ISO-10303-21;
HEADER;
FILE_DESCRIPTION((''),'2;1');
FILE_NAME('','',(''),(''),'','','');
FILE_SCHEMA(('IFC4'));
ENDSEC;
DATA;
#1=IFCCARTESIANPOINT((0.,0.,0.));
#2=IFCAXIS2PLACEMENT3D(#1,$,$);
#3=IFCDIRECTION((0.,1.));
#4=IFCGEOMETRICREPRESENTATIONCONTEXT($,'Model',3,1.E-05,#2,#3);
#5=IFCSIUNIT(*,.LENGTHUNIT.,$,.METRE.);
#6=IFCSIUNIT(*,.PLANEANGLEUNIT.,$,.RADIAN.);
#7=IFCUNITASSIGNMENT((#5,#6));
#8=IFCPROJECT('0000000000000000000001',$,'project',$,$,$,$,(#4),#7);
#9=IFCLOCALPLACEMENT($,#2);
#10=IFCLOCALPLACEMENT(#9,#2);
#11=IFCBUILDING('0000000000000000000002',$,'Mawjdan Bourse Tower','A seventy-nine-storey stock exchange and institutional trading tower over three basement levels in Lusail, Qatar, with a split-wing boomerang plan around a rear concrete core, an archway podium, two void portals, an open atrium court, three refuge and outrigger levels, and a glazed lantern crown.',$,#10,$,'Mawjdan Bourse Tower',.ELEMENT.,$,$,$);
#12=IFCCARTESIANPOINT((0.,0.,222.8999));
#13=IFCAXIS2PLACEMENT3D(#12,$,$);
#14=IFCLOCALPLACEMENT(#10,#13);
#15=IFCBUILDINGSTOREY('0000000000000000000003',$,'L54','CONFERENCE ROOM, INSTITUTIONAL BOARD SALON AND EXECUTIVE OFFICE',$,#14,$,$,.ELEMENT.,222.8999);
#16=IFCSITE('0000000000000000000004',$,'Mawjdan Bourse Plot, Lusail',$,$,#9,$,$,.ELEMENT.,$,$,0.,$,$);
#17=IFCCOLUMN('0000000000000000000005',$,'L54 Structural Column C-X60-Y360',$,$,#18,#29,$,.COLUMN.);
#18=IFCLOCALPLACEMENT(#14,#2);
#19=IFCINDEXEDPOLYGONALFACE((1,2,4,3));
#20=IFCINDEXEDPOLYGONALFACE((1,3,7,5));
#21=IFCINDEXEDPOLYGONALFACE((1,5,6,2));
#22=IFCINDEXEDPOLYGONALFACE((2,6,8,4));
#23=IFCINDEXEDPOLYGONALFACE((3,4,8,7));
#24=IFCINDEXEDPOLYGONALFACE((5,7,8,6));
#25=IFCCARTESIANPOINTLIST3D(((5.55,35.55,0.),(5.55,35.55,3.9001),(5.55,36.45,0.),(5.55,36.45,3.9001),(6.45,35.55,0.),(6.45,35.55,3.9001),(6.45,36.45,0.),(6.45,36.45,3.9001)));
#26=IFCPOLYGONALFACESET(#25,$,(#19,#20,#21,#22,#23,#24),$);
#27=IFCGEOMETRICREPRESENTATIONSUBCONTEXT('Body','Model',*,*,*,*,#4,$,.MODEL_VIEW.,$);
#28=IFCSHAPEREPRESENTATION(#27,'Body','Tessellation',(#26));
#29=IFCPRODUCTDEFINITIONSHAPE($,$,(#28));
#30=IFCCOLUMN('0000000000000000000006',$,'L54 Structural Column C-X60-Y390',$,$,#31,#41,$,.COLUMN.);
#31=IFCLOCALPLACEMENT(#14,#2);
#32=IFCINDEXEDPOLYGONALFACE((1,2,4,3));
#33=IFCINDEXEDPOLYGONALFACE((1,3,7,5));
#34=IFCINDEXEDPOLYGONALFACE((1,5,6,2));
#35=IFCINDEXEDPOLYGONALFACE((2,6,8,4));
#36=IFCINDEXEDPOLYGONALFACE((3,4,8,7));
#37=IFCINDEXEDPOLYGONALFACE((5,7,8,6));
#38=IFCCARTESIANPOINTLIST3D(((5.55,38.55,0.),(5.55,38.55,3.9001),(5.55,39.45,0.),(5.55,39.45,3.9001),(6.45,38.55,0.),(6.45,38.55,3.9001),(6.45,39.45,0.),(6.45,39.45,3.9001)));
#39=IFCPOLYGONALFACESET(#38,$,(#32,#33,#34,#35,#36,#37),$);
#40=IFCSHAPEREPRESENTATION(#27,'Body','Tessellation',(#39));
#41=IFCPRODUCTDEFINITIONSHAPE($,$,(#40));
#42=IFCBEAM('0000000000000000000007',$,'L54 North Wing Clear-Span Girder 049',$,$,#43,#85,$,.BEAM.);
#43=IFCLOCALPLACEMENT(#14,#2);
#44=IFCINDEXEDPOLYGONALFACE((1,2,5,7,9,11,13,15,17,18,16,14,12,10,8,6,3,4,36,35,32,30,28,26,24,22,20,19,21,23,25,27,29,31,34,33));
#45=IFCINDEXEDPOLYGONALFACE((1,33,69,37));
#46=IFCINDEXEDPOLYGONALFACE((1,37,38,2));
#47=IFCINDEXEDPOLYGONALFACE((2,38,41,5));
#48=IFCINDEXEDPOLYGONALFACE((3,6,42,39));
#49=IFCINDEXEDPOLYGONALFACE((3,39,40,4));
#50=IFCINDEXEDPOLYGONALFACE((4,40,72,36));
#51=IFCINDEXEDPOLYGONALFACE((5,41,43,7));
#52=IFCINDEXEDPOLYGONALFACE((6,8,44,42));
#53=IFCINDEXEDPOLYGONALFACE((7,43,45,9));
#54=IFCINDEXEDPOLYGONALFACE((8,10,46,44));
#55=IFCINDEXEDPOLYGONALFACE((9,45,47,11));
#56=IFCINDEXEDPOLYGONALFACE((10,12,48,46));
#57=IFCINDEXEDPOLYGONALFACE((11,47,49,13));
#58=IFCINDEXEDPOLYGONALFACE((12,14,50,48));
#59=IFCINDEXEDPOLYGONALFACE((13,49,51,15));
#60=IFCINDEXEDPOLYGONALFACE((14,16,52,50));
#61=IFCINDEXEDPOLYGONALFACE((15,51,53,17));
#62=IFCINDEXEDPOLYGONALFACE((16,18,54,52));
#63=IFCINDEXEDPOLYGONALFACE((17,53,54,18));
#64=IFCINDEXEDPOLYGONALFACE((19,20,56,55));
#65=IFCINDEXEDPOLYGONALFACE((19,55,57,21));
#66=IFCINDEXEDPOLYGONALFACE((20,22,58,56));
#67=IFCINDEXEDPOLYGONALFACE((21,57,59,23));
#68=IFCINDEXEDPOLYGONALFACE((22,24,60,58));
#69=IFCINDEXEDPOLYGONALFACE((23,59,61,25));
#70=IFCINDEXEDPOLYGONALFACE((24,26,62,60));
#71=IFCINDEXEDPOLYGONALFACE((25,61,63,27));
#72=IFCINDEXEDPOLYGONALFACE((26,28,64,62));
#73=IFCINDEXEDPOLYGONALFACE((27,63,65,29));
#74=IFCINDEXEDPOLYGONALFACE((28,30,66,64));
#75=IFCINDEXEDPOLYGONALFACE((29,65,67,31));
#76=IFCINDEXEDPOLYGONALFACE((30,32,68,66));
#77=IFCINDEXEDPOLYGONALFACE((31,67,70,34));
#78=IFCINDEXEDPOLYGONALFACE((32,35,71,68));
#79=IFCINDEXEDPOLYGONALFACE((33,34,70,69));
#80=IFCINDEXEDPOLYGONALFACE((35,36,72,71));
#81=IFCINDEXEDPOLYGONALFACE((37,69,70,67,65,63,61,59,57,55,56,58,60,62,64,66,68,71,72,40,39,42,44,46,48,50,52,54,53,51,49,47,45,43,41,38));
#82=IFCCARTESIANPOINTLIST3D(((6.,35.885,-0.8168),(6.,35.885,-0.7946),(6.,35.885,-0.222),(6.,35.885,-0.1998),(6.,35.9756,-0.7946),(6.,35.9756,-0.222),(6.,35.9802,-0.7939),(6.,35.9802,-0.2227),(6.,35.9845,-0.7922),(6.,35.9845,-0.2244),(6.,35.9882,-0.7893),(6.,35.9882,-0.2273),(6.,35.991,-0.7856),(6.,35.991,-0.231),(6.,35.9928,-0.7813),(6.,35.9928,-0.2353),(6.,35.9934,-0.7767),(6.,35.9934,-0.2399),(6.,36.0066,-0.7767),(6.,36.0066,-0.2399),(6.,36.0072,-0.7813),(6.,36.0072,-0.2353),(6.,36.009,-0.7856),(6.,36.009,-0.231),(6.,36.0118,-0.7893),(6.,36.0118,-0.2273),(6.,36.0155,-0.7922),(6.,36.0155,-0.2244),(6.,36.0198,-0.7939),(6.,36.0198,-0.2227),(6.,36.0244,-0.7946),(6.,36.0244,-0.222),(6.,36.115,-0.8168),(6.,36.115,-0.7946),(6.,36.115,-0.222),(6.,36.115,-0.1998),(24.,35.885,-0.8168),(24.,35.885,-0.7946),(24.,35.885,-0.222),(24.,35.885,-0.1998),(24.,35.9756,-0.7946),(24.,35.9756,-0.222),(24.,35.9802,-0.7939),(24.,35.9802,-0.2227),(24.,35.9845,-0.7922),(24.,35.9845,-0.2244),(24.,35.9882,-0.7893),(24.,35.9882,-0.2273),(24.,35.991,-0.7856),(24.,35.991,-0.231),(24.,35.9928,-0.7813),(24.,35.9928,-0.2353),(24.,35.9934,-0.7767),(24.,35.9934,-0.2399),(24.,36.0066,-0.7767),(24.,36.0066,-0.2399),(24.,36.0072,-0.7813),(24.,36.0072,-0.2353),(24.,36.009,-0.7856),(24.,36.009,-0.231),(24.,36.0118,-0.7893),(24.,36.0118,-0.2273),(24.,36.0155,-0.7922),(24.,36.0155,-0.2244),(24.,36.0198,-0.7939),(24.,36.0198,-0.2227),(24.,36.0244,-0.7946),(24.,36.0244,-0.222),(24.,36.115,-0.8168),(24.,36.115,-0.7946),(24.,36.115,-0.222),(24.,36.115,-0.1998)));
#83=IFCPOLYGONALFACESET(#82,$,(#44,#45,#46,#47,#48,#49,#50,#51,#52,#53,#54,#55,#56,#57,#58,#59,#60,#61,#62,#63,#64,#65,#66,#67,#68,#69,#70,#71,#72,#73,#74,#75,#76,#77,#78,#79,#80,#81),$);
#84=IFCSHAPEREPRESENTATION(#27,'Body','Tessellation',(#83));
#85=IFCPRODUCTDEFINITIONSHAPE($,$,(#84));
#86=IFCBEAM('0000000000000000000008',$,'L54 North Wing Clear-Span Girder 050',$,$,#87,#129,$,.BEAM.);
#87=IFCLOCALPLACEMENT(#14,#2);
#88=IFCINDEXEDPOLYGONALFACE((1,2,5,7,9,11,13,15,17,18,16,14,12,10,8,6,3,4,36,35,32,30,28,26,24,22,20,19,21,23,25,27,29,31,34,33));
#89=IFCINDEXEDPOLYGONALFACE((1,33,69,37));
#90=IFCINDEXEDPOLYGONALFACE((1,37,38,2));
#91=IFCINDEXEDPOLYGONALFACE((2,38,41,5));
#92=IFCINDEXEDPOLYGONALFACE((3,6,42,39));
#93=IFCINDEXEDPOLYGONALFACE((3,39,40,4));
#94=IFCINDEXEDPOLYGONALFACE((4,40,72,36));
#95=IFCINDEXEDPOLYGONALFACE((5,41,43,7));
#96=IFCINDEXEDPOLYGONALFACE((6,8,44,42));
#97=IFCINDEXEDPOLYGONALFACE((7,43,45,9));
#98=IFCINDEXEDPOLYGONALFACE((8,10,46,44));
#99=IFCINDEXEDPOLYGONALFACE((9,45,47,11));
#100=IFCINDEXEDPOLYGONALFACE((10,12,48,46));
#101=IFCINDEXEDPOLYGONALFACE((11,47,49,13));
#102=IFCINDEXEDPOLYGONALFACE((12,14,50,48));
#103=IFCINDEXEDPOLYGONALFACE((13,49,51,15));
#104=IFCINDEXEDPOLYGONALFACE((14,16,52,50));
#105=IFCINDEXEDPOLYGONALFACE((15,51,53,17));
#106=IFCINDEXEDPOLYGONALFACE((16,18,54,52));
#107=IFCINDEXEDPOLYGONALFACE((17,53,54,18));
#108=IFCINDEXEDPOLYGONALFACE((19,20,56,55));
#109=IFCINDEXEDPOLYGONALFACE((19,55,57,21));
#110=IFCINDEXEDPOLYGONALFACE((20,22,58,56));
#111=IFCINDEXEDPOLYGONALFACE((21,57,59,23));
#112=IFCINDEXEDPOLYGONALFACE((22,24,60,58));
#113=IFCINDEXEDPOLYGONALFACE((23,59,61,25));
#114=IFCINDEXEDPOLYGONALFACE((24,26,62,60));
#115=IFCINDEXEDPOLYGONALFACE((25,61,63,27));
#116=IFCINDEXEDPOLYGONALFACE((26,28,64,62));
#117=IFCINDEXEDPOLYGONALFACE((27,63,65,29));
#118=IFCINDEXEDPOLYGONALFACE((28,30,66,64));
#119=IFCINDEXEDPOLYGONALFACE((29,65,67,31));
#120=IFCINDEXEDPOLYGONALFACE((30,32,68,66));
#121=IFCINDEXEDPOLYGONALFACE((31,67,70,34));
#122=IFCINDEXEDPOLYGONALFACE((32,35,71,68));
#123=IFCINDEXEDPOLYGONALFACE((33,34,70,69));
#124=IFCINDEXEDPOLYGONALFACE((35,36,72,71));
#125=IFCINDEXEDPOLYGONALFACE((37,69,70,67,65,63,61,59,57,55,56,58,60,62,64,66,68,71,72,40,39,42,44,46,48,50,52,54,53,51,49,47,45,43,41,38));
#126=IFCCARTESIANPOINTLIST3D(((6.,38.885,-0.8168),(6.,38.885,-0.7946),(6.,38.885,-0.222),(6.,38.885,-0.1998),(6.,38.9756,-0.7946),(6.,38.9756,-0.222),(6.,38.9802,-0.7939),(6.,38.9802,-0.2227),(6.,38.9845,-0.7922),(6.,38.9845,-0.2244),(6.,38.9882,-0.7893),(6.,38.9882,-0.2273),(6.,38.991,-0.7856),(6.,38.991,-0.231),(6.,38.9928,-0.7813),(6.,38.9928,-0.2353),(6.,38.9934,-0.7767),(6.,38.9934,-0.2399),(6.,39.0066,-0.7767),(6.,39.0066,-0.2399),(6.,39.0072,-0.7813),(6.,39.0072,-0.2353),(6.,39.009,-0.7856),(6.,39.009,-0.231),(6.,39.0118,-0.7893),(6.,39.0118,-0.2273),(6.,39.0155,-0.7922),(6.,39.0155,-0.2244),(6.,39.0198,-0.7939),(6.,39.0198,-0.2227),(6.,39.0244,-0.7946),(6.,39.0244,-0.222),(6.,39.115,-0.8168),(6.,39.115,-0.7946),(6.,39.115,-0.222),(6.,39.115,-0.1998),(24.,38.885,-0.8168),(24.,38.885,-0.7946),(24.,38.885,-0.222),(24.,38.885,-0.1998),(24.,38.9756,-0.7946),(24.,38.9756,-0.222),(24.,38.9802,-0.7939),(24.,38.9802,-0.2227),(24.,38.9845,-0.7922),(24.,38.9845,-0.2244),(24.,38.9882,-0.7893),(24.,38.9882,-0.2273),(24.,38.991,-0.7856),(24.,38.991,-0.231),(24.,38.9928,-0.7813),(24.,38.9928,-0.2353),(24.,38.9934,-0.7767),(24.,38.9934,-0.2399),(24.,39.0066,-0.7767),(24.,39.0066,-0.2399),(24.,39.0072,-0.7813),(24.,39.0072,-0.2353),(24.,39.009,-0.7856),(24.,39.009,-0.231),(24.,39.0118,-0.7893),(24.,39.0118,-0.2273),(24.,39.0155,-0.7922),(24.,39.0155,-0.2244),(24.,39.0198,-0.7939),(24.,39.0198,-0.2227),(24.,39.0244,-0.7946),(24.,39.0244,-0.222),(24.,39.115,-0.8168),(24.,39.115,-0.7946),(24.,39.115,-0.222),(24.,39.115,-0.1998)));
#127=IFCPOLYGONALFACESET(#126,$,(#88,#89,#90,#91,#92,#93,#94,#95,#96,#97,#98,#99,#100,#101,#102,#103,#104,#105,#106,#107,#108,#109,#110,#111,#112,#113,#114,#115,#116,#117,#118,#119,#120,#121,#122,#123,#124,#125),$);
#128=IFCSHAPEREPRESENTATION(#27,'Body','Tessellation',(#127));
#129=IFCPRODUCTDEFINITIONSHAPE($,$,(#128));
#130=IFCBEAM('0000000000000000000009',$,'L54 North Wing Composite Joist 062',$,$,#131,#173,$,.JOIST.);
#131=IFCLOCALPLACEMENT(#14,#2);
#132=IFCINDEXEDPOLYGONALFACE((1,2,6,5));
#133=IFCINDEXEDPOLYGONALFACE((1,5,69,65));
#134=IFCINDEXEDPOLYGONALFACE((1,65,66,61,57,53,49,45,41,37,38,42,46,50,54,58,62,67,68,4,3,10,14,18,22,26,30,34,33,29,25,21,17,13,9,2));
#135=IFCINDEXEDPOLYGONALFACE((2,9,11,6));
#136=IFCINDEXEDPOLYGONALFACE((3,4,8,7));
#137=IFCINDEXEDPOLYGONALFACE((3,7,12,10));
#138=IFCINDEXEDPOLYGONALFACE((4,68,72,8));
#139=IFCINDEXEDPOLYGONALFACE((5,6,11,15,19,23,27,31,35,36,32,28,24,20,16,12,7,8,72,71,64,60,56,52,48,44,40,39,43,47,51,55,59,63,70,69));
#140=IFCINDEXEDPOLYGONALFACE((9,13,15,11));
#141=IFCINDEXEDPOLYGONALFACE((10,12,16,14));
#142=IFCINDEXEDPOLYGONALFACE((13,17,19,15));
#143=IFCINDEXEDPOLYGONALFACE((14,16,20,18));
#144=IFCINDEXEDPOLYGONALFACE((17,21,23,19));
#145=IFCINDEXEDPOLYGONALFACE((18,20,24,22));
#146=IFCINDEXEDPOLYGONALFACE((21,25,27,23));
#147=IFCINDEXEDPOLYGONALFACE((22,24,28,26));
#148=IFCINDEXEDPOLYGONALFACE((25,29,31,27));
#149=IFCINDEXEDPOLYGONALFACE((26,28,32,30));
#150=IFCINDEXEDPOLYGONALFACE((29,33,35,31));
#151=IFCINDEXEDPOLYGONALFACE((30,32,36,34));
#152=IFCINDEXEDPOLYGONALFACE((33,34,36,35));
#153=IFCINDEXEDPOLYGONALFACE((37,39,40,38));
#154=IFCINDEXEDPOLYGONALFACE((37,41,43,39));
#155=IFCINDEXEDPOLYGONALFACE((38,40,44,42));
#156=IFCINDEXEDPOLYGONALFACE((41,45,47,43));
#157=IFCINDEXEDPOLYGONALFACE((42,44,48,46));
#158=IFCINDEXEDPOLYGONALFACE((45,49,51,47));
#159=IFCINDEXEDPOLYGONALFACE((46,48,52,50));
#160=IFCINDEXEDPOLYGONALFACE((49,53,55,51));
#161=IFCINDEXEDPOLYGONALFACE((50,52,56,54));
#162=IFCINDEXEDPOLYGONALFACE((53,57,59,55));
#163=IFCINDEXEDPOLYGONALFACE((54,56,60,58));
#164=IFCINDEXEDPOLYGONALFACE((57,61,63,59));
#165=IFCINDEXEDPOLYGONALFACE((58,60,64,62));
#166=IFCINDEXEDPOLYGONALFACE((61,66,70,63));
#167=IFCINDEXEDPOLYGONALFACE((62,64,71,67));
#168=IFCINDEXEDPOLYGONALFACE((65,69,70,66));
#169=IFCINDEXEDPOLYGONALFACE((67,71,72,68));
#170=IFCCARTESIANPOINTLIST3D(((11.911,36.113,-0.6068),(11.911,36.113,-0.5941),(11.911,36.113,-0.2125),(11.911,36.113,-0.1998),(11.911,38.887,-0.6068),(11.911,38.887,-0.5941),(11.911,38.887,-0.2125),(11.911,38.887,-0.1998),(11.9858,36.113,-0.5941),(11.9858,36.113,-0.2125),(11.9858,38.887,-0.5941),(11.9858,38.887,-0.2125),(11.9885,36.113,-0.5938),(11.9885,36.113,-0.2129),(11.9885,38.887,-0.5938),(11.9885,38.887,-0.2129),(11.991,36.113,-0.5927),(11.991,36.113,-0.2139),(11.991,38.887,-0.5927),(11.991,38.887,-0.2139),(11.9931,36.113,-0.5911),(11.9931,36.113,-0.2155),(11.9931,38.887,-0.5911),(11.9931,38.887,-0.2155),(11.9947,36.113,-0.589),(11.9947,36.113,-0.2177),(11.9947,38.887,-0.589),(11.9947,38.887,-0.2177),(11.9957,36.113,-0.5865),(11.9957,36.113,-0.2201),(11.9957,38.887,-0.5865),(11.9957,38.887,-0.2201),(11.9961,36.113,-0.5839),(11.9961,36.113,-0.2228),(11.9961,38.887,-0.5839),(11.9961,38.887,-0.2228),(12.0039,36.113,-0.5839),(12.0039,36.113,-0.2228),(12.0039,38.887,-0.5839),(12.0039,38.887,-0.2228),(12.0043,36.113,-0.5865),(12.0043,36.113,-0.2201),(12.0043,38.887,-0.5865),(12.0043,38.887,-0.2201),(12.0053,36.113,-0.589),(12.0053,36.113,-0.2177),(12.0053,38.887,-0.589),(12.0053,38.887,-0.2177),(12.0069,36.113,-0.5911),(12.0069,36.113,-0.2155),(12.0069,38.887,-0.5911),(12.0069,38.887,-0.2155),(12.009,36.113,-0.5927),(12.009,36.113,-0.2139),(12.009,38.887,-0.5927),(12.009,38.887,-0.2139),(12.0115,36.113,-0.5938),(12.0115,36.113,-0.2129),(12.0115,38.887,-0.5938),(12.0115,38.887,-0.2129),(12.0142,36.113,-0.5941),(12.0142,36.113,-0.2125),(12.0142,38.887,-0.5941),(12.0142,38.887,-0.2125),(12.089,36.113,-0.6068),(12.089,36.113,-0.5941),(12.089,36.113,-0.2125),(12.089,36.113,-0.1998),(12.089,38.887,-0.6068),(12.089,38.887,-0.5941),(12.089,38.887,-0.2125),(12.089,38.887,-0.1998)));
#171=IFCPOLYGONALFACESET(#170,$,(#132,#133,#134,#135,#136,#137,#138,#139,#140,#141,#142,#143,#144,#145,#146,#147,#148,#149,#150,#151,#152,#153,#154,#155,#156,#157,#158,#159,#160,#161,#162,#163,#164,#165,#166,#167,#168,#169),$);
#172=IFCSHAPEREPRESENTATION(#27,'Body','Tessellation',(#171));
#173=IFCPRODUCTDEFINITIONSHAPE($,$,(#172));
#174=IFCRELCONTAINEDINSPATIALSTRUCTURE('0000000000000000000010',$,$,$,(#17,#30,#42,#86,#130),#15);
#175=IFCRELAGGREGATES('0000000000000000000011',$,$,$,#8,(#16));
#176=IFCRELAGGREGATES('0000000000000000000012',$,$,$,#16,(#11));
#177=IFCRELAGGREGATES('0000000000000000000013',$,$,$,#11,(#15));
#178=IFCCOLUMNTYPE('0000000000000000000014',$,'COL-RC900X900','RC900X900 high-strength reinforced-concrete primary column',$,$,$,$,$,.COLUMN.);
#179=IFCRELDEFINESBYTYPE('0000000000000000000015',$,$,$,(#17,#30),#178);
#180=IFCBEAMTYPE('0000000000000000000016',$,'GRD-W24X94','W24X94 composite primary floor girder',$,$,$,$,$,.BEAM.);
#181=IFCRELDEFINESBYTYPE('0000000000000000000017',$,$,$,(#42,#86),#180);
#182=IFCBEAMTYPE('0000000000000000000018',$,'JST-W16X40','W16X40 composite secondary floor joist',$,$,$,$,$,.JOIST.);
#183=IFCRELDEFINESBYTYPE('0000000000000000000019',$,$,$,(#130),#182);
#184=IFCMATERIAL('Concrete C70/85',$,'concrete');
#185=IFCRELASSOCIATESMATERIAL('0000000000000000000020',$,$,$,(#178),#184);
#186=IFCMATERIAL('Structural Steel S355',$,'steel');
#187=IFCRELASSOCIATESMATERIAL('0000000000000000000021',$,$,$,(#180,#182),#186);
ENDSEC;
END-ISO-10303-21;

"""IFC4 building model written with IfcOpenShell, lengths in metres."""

from ifc_helpers import new_model, si_unit, direction, frame, origin, origin_2d, place, context, subcontext, project, spatial, rectangle, i_section, extrude, material, material_profile, profile_set, type_object, element, save


model = new_model("IFC4")

# Units and contexts
model_context = context("Model", 3, precision=1e-05, world=origin(), true_north=direction((0.0, 1.0)))
body_context = subcontext(model_context, "Body", "Model", "MODEL_VIEW")
ifc_project = project(units=[si_unit("LENGTHUNIT", "METRE"), si_unit("PLANEANGLEUNIT", "RADIAN")], contexts=[model_context])

# Site, building, storey
site_placement = place(None, origin())
site = spatial("IfcSite", under=ifc_project, at=site_placement, Name="Mawjdan Bourse Plot, Lusail", CompositionType="ELEMENT", RefElevation=0.0)
building_placement = place(site_placement, origin())
building = spatial("IfcBuilding", under=site, at=building_placement, Name="Mawjdan Bourse Tower", Description="A seventy-nine-storey stock exchange and institutional trading tower over three basement levels in Lusail, Qatar, with a split-wing boomerang plan around a rear concrete core, an archway podium, two void portals, an open atrium court, three refuge and outrigger levels, and a glazed lantern crown.", LongName="Mawjdan Bourse Tower", CompositionType="ELEMENT")
storey_placement = place(building_placement, frame((0.0, 0.0, 222.8999)))
storey = spatial("IfcBuildingStorey", under=building, at=storey_placement, Name="L54", Description="CONFERENCE ROOM, INSTITUTIONAL BOARD SALON AND EXECUTIVE OFFICE", CompositionType="ELEMENT", Elevation=222.8999)

# Columns
ifc_material_1 = material(Name="Concrete C70/85", Category="concrete")
ifc_material_profile_1 = material_profile(ifc_material_1, rectangle(XDim=0.8999, YDim=0.8999, at=origin_2d()), Name="RC900X900")
ifc_profile_set_1 = profile_set([ifc_material_profile_1], Name="Concrete C70/85")
column_type = type_object("IfcColumnType", Name="COL-RC900X900", Description="RC900X900 high-strength reinforced-concrete primary column", PredefinedType="COLUMN", material=ifc_profile_set_1)
for number, where, z_axis, x_axis, name in (
    (1, (6.0, 36.0, 0.0), (0.0, 0.0, 1.0), (1.0, 0.0, 0.0), "L54 Structural Column C-X60-Y360"),
    (2, (6.0, 39.0, 0.0), (0.0, 0.0, 1.0), (1.0, 0.0, 0.0), "L54 Structural Column C-X60-Y390"),
):
    element("IfcColumn", number, at=place(storey_placement, frame(where, z_axis=z_axis, x_axis=x_axis)), inside=storey, type_object=column_type, Name=name, PredefinedType="COLUMN", context=body_context, shape_type="SweptSolid", body=[
        extrude(rectangle(XDim=0.8999, YDim=0.8999, at=origin_2d()), origin(), (0.0, 0.0, 1.0), 3.9001),
    ])

# Beams
ifc_material_2 = material(Name="Structural Steel S355", Category="steel")
ifc_material_profile_2 = material_profile(ifc_material_2, i_section(OverallWidth=0.23, OverallDepth=0.6169, WebThickness=0.0132, FlangeThickness=0.0222, FilletRadius=0.0178, at=origin_2d()), Name="W24X94")
ifc_profile_set_2 = profile_set([ifc_material_profile_2], Name="Structural Steel S355")
beam_type_1 = type_object("IfcBeamType", Name="GRD-W24X94", Description="W24X94 composite primary floor girder", PredefinedType="BEAM", material=ifc_profile_set_2)
for number, where, z_axis, x_axis, name in (
    (3, (6.0, 36.0, -0.5083), (1.0, 0.0, 0.0), (0.0, 1.0, 0.0), "L54 North Wing Clear-Span Girder 049"),
    (4, (6.0, 39.0, -0.5083), (1.0, 0.0, 0.0), (0.0, 1.0, 0.0), "L54 North Wing Clear-Span Girder 050"),
):
    element("IfcBeam", number, at=place(storey_placement, frame(where, z_axis=z_axis, x_axis=x_axis)), inside=storey, type_object=beam_type_1, Name=name, PredefinedType="BEAM", context=body_context, shape_type="SweptSolid", body=[
        extrude(i_section(OverallWidth=0.23, OverallDepth=0.6169, WebThickness=0.0132, FlangeThickness=0.0222, FilletRadius=0.0178, at=origin_2d()), origin(), (0.0, 0.0, 1.0), 18.0),
    ])
ifc_material_profile_3 = material_profile(ifc_material_2, i_section(OverallWidth=0.178, OverallDepth=0.407, WebThickness=0.0078, FlangeThickness=0.0127, FilletRadius=0.0103, at=origin_2d()), Name="W16X40")
ifc_profile_set_3 = profile_set([ifc_material_profile_3], Name="Structural Steel S355")
beam_type_2 = type_object("IfcBeamType", Name="JST-W16X40", Description="W16X40 composite secondary floor joist", PredefinedType="JOIST", material=ifc_profile_set_3)
for number, where, z_axis, x_axis, name in (
    (5, (12.0, 36.113, -0.4033), (0.0, 1.0, 0.0), (-1.0, 0.0, 0.0), "L54 North Wing Composite Joist 062"),
):
    element("IfcBeam", number, at=place(storey_placement, frame(where, z_axis=z_axis, x_axis=x_axis)), inside=storey, type_object=beam_type_2, Name=name, PredefinedType="JOIST", context=body_context, shape_type="SweptSolid", body=[
        extrude(i_section(OverallWidth=0.178, OverallDepth=0.407, WebThickness=0.0078, FlangeThickness=0.0127, FilletRadius=0.0103, at=origin_2d()), origin(), (0.0, 0.0, 1.0), 2.7739),
    ])

save(model, "model.ifc")
